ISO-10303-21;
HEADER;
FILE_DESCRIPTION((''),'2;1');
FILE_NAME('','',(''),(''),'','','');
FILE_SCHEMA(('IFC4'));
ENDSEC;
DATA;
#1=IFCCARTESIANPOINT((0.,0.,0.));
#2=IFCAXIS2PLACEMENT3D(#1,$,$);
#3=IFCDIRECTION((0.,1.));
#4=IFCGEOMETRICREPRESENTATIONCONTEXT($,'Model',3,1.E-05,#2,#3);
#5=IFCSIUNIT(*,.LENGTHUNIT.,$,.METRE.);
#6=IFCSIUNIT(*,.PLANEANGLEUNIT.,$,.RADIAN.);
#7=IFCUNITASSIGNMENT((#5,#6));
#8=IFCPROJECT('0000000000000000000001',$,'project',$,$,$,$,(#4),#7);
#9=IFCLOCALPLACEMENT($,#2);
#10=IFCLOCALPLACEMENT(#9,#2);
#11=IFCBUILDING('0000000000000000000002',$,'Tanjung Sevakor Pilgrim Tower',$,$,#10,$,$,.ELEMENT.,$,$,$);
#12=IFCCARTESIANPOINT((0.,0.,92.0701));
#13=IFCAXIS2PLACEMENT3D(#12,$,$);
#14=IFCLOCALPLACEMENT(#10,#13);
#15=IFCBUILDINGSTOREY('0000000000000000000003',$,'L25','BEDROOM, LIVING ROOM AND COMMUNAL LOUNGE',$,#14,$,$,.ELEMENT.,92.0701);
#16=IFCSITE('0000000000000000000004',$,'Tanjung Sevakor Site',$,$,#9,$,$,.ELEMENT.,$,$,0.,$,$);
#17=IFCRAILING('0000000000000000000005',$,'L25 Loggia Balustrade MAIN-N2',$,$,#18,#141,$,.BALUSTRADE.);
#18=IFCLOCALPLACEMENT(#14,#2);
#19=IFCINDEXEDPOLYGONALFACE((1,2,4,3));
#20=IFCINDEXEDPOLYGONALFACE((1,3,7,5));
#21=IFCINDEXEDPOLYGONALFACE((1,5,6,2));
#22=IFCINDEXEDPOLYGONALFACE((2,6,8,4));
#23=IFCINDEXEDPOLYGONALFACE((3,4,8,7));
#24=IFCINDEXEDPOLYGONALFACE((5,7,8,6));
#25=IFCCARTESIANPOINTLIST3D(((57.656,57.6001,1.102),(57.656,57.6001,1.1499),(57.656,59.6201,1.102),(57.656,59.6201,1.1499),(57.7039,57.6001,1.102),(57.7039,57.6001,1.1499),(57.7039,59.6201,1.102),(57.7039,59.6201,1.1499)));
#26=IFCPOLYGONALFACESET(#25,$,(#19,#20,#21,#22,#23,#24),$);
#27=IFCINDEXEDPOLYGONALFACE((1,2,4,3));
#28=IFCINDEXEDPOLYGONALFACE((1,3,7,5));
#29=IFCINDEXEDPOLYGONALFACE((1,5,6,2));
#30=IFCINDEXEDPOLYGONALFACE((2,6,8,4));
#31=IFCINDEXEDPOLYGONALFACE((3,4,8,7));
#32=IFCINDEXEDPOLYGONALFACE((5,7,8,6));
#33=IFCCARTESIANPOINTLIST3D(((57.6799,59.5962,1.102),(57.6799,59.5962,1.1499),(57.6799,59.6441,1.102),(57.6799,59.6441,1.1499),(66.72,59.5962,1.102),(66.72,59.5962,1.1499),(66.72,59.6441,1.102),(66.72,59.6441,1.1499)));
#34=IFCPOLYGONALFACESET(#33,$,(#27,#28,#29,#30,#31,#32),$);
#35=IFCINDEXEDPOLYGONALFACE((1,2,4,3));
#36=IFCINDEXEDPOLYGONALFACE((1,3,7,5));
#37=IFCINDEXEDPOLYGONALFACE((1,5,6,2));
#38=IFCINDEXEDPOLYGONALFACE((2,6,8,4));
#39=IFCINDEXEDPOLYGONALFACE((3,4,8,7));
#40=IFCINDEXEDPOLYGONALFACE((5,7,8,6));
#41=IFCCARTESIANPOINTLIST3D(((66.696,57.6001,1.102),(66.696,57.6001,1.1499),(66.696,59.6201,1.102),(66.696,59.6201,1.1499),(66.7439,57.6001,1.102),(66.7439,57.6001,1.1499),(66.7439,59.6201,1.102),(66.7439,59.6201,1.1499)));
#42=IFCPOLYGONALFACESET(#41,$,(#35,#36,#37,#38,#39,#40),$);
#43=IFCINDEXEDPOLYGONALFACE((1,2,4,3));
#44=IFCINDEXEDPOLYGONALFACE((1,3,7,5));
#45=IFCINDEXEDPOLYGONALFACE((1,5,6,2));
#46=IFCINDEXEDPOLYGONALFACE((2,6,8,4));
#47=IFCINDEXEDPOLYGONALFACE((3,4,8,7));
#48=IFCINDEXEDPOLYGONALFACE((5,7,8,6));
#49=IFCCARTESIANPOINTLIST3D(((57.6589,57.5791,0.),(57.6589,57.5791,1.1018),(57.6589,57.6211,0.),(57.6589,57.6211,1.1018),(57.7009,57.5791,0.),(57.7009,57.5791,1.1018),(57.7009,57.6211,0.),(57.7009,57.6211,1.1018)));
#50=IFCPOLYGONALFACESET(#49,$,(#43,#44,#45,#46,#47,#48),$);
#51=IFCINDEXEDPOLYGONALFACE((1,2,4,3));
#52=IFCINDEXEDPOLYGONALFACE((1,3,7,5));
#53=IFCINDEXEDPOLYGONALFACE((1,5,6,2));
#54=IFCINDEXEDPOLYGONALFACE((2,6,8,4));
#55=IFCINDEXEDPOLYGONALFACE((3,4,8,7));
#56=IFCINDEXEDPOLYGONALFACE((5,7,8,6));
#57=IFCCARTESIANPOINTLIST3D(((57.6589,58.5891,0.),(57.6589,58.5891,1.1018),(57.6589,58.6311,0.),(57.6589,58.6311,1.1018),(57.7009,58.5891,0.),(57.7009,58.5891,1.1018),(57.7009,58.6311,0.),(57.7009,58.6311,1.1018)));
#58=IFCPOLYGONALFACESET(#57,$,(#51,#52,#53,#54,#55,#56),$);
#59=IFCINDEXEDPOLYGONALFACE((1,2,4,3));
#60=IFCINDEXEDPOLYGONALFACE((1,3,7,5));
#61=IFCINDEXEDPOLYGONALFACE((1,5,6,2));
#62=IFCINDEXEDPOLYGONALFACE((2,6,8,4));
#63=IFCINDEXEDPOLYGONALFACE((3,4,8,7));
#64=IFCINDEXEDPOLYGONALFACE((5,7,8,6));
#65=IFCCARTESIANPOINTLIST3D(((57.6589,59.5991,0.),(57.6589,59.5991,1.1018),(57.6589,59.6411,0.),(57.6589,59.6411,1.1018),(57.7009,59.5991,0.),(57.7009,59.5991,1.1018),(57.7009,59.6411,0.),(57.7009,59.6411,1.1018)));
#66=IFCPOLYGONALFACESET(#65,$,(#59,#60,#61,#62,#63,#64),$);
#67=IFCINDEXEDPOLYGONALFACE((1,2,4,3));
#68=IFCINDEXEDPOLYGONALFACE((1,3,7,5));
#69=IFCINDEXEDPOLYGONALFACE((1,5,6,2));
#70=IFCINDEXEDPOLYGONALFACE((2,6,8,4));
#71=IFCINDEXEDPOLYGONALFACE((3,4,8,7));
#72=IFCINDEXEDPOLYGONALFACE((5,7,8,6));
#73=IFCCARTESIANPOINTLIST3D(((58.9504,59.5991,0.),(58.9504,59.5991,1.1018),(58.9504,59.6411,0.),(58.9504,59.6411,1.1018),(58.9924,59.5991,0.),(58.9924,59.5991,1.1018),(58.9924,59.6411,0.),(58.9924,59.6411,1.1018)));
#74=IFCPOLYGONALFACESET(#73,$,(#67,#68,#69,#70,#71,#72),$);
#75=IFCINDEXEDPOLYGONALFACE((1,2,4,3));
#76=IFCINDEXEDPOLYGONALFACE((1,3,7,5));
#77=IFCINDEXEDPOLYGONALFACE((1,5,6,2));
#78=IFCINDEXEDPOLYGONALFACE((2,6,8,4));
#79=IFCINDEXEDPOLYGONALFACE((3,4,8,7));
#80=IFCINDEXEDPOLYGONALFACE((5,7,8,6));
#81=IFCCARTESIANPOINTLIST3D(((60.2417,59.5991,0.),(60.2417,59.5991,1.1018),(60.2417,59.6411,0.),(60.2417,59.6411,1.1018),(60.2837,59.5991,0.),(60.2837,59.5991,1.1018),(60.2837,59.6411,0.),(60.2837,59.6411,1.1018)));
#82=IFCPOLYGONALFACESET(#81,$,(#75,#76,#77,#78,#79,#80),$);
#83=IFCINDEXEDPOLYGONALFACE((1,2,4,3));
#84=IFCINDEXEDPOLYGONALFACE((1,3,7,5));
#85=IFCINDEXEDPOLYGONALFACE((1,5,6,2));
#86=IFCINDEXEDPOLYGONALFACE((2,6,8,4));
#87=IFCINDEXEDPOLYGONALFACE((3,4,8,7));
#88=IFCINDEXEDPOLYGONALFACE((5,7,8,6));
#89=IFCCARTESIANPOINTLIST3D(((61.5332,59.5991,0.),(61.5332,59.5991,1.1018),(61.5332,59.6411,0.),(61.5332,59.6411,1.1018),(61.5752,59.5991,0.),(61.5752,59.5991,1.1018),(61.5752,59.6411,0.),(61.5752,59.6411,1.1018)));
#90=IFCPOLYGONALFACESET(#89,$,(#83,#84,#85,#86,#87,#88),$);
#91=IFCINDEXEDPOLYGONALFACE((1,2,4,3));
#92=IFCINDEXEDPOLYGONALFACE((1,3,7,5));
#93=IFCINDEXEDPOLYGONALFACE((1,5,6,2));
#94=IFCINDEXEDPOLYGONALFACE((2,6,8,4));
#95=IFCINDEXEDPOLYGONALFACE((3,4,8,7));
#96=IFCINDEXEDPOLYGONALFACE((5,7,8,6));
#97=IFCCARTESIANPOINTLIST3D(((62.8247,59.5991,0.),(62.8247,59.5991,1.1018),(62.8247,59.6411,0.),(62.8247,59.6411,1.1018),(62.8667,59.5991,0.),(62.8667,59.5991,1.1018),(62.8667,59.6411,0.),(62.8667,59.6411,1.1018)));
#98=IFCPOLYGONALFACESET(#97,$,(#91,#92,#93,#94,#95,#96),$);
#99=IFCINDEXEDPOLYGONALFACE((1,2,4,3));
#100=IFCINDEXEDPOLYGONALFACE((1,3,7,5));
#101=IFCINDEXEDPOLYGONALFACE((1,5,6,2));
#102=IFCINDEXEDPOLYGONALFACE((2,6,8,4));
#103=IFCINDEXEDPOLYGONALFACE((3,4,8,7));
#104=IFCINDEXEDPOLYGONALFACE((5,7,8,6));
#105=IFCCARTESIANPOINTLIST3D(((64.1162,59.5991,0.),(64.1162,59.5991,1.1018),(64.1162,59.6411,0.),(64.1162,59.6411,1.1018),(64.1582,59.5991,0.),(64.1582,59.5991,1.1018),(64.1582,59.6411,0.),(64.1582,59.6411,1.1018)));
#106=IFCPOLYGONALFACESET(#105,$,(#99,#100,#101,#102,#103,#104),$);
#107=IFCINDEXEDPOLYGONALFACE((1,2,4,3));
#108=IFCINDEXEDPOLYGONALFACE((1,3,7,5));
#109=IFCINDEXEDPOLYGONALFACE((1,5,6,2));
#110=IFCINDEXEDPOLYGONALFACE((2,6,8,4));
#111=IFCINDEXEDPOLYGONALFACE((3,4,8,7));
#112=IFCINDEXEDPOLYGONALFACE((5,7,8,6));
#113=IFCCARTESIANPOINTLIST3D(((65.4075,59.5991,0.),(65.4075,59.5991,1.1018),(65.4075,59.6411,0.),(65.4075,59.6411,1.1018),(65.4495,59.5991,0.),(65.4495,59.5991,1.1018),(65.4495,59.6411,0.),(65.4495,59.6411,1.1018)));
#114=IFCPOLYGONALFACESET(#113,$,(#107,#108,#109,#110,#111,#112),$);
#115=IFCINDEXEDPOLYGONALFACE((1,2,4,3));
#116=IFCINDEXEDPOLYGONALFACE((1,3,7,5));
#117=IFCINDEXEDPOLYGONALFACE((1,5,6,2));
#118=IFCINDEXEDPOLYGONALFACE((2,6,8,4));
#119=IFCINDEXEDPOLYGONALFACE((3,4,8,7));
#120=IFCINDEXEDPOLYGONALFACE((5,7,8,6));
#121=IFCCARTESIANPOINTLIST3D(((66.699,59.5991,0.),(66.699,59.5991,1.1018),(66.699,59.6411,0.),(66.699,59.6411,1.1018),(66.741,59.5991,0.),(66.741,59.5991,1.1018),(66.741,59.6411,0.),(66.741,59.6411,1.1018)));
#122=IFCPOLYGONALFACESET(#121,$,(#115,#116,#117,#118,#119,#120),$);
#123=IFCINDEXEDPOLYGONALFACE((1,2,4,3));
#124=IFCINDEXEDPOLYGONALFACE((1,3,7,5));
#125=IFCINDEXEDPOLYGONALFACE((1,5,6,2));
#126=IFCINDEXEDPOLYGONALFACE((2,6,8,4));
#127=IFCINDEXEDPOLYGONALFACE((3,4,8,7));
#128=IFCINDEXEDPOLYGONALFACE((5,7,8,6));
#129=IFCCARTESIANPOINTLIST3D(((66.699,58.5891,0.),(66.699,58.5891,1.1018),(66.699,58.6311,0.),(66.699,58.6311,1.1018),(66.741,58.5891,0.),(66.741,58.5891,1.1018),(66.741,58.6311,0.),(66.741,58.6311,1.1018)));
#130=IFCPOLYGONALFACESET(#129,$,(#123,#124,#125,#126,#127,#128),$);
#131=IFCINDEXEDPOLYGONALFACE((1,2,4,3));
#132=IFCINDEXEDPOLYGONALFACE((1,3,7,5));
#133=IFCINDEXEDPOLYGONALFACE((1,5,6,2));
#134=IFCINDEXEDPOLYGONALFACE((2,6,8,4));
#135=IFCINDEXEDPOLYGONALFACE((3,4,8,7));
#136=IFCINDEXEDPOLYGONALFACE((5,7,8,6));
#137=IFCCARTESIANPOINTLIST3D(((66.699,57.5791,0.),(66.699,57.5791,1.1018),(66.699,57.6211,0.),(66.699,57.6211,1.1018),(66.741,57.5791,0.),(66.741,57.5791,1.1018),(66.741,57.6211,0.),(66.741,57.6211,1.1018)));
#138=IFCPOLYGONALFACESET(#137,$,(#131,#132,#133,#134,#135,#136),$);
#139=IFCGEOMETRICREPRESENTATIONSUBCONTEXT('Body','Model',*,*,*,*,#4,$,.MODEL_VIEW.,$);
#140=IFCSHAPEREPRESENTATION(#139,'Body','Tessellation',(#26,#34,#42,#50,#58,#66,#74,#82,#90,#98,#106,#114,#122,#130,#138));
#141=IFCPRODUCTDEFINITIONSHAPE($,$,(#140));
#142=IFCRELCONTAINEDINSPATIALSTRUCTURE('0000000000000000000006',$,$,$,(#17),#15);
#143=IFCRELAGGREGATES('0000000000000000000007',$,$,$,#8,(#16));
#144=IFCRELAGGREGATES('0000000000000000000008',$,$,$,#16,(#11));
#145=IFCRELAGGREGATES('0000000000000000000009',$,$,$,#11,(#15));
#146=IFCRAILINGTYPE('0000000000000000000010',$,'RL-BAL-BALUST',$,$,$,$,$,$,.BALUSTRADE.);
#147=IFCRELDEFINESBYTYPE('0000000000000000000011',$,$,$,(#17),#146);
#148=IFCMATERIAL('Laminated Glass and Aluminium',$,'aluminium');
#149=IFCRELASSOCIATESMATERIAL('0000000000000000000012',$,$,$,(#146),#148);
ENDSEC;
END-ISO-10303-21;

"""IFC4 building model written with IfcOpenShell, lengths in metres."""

from ifc_helpers import new_model, si_unit, direction, frame, origin, place, context, subcontext, project, spatial, rectangle, extrude, material, type_object, element, save


model = new_model("IFC4")

# Units and contexts
model_context = context("Model", 3, precision=1e-05, world=origin(), true_north=direction((0.0, 1.0)))
body_context = subcontext(model_context, "Body", "Model", "MODEL_VIEW")
ifc_project = project(units=[si_unit("LENGTHUNIT", "METRE"), si_unit("PLANEANGLEUNIT", "RADIAN")], contexts=[model_context])

# Site, building, storey
site_placement = place(None, origin())
site = spatial("IfcSite", under=ifc_project, at=site_placement, Name="Tanjung Sevakor Site", CompositionType="ELEMENT", RefElevation=0.0)
building_placement = place(site_placement, origin())
building = spatial("IfcBuilding", under=site, at=building_placement, Name="Tanjung Sevakor Pilgrim Tower", CompositionType="ELEMENT")
storey_placement = place(building_placement, frame((0.0, 0.0, 92.0701)))
storey = spatial("IfcBuildingStorey", under=building, at=storey_placement, Name="L25", Description="BEDROOM, LIVING ROOM AND COMMUNAL LOUNGE", CompositionType="ELEMENT", Elevation=92.0701)

# Railing
ifc_material_1 = material(Name="Laminated Glass and Aluminium", Category="aluminium")
railing_type_1 = type_object("IfcRailingType", Name="RL-BAL-BALUST", PredefinedType="BALUSTRADE", material=ifc_material_1)
railing_1_placement = place(storey_placement, frame((57.6799, 57.6001, 0.0)))
element("IfcRailing", 1, at=railing_1_placement, inside=storey, type_object=railing_type_1, Name="L25 Loggia Balustrade MAIN-N2", PredefinedType="BALUSTRADE", context=body_context, shape_type="SweptSolid", body=[
    extrude(rectangle(XDim=0.0479, YDim=0.0479), frame((0.0, 0.0, 1.126), z_axis=(0.0, 1.0, 0.0), x_axis=(-1.0, 0.0, 0.0)), (0.0, 0.0, 1.0), 2.02),
    extrude(rectangle(XDim=0.0479, YDim=0.0479), frame((0.0, 2.02, 1.126), z_axis=(1.0, 0.0, 0.0), x_axis=(0.0, 1.0, 0.0)), (0.0, 0.0, 1.0), 9.04),
    extrude(rectangle(XDim=0.0479, YDim=0.0479), frame((9.04, 2.02, 1.126), z_axis=(0.0, -1.0, 0.0), x_axis=(1.0, 0.0, 0.0)), (0.0, 0.0, 1.0), 2.02),
    extrude(rectangle(XDim=0.042, YDim=0.042), origin(), (0.0, 0.0, 1.0), 1.1018),
    extrude(rectangle(XDim=0.042, YDim=0.042), frame((0.0, 1.01, 0.0)), (0.0, 0.0, 1.0), 1.1018),
    extrude(rectangle(XDim=0.042, YDim=0.042), frame((0.0, 2.02, 0.0)), (0.0, 0.0, 1.0), 1.1018),
    extrude(rectangle(XDim=0.042, YDim=0.042), frame((1.2915, 2.02, 0.0)), (0.0, 0.0, 1.0), 1.1018),
    extrude(rectangle(XDim=0.042, YDim=0.042), frame((2.5828, 2.02, 0.0)), (0.0, 0.0, 1.0), 1.1018),
    extrude(rectangle(XDim=0.042, YDim=0.042), frame((3.8743, 2.02, 0.0)), (0.0, 0.0, 1.0), 1.1018),
    extrude(rectangle(XDim=0.042, YDim=0.042), frame((5.1658, 2.02, 0.0)), (0.0, 0.0, 1.0), 1.1018),
    extrude(rectangle(XDim=0.042, YDim=0.042), frame((6.4573, 2.02, 0.0)), (0.0, 0.0, 1.0), 1.1018),
    extrude(rectangle(XDim=0.042, YDim=0.042), frame((7.7485, 2.02, 0.0)), (0.0, 0.0, 1.0), 1.1018),
    extrude(rectangle(XDim=0.042, YDim=0.042), frame((9.04, 2.02, 0.0)), (0.0, 0.0, 1.0), 1.1018),
    extrude(rectangle(XDim=0.042, YDim=0.042), frame((9.04, 1.01, 0.0)), (0.0, 0.0, 1.0), 1.1018),
    extrude(rectangle(XDim=0.042, YDim=0.042), frame((9.04, 0.0, 0.0)), (0.0, 0.0, 1.0), 1.1018),
])

save(model, "model.ifc")
